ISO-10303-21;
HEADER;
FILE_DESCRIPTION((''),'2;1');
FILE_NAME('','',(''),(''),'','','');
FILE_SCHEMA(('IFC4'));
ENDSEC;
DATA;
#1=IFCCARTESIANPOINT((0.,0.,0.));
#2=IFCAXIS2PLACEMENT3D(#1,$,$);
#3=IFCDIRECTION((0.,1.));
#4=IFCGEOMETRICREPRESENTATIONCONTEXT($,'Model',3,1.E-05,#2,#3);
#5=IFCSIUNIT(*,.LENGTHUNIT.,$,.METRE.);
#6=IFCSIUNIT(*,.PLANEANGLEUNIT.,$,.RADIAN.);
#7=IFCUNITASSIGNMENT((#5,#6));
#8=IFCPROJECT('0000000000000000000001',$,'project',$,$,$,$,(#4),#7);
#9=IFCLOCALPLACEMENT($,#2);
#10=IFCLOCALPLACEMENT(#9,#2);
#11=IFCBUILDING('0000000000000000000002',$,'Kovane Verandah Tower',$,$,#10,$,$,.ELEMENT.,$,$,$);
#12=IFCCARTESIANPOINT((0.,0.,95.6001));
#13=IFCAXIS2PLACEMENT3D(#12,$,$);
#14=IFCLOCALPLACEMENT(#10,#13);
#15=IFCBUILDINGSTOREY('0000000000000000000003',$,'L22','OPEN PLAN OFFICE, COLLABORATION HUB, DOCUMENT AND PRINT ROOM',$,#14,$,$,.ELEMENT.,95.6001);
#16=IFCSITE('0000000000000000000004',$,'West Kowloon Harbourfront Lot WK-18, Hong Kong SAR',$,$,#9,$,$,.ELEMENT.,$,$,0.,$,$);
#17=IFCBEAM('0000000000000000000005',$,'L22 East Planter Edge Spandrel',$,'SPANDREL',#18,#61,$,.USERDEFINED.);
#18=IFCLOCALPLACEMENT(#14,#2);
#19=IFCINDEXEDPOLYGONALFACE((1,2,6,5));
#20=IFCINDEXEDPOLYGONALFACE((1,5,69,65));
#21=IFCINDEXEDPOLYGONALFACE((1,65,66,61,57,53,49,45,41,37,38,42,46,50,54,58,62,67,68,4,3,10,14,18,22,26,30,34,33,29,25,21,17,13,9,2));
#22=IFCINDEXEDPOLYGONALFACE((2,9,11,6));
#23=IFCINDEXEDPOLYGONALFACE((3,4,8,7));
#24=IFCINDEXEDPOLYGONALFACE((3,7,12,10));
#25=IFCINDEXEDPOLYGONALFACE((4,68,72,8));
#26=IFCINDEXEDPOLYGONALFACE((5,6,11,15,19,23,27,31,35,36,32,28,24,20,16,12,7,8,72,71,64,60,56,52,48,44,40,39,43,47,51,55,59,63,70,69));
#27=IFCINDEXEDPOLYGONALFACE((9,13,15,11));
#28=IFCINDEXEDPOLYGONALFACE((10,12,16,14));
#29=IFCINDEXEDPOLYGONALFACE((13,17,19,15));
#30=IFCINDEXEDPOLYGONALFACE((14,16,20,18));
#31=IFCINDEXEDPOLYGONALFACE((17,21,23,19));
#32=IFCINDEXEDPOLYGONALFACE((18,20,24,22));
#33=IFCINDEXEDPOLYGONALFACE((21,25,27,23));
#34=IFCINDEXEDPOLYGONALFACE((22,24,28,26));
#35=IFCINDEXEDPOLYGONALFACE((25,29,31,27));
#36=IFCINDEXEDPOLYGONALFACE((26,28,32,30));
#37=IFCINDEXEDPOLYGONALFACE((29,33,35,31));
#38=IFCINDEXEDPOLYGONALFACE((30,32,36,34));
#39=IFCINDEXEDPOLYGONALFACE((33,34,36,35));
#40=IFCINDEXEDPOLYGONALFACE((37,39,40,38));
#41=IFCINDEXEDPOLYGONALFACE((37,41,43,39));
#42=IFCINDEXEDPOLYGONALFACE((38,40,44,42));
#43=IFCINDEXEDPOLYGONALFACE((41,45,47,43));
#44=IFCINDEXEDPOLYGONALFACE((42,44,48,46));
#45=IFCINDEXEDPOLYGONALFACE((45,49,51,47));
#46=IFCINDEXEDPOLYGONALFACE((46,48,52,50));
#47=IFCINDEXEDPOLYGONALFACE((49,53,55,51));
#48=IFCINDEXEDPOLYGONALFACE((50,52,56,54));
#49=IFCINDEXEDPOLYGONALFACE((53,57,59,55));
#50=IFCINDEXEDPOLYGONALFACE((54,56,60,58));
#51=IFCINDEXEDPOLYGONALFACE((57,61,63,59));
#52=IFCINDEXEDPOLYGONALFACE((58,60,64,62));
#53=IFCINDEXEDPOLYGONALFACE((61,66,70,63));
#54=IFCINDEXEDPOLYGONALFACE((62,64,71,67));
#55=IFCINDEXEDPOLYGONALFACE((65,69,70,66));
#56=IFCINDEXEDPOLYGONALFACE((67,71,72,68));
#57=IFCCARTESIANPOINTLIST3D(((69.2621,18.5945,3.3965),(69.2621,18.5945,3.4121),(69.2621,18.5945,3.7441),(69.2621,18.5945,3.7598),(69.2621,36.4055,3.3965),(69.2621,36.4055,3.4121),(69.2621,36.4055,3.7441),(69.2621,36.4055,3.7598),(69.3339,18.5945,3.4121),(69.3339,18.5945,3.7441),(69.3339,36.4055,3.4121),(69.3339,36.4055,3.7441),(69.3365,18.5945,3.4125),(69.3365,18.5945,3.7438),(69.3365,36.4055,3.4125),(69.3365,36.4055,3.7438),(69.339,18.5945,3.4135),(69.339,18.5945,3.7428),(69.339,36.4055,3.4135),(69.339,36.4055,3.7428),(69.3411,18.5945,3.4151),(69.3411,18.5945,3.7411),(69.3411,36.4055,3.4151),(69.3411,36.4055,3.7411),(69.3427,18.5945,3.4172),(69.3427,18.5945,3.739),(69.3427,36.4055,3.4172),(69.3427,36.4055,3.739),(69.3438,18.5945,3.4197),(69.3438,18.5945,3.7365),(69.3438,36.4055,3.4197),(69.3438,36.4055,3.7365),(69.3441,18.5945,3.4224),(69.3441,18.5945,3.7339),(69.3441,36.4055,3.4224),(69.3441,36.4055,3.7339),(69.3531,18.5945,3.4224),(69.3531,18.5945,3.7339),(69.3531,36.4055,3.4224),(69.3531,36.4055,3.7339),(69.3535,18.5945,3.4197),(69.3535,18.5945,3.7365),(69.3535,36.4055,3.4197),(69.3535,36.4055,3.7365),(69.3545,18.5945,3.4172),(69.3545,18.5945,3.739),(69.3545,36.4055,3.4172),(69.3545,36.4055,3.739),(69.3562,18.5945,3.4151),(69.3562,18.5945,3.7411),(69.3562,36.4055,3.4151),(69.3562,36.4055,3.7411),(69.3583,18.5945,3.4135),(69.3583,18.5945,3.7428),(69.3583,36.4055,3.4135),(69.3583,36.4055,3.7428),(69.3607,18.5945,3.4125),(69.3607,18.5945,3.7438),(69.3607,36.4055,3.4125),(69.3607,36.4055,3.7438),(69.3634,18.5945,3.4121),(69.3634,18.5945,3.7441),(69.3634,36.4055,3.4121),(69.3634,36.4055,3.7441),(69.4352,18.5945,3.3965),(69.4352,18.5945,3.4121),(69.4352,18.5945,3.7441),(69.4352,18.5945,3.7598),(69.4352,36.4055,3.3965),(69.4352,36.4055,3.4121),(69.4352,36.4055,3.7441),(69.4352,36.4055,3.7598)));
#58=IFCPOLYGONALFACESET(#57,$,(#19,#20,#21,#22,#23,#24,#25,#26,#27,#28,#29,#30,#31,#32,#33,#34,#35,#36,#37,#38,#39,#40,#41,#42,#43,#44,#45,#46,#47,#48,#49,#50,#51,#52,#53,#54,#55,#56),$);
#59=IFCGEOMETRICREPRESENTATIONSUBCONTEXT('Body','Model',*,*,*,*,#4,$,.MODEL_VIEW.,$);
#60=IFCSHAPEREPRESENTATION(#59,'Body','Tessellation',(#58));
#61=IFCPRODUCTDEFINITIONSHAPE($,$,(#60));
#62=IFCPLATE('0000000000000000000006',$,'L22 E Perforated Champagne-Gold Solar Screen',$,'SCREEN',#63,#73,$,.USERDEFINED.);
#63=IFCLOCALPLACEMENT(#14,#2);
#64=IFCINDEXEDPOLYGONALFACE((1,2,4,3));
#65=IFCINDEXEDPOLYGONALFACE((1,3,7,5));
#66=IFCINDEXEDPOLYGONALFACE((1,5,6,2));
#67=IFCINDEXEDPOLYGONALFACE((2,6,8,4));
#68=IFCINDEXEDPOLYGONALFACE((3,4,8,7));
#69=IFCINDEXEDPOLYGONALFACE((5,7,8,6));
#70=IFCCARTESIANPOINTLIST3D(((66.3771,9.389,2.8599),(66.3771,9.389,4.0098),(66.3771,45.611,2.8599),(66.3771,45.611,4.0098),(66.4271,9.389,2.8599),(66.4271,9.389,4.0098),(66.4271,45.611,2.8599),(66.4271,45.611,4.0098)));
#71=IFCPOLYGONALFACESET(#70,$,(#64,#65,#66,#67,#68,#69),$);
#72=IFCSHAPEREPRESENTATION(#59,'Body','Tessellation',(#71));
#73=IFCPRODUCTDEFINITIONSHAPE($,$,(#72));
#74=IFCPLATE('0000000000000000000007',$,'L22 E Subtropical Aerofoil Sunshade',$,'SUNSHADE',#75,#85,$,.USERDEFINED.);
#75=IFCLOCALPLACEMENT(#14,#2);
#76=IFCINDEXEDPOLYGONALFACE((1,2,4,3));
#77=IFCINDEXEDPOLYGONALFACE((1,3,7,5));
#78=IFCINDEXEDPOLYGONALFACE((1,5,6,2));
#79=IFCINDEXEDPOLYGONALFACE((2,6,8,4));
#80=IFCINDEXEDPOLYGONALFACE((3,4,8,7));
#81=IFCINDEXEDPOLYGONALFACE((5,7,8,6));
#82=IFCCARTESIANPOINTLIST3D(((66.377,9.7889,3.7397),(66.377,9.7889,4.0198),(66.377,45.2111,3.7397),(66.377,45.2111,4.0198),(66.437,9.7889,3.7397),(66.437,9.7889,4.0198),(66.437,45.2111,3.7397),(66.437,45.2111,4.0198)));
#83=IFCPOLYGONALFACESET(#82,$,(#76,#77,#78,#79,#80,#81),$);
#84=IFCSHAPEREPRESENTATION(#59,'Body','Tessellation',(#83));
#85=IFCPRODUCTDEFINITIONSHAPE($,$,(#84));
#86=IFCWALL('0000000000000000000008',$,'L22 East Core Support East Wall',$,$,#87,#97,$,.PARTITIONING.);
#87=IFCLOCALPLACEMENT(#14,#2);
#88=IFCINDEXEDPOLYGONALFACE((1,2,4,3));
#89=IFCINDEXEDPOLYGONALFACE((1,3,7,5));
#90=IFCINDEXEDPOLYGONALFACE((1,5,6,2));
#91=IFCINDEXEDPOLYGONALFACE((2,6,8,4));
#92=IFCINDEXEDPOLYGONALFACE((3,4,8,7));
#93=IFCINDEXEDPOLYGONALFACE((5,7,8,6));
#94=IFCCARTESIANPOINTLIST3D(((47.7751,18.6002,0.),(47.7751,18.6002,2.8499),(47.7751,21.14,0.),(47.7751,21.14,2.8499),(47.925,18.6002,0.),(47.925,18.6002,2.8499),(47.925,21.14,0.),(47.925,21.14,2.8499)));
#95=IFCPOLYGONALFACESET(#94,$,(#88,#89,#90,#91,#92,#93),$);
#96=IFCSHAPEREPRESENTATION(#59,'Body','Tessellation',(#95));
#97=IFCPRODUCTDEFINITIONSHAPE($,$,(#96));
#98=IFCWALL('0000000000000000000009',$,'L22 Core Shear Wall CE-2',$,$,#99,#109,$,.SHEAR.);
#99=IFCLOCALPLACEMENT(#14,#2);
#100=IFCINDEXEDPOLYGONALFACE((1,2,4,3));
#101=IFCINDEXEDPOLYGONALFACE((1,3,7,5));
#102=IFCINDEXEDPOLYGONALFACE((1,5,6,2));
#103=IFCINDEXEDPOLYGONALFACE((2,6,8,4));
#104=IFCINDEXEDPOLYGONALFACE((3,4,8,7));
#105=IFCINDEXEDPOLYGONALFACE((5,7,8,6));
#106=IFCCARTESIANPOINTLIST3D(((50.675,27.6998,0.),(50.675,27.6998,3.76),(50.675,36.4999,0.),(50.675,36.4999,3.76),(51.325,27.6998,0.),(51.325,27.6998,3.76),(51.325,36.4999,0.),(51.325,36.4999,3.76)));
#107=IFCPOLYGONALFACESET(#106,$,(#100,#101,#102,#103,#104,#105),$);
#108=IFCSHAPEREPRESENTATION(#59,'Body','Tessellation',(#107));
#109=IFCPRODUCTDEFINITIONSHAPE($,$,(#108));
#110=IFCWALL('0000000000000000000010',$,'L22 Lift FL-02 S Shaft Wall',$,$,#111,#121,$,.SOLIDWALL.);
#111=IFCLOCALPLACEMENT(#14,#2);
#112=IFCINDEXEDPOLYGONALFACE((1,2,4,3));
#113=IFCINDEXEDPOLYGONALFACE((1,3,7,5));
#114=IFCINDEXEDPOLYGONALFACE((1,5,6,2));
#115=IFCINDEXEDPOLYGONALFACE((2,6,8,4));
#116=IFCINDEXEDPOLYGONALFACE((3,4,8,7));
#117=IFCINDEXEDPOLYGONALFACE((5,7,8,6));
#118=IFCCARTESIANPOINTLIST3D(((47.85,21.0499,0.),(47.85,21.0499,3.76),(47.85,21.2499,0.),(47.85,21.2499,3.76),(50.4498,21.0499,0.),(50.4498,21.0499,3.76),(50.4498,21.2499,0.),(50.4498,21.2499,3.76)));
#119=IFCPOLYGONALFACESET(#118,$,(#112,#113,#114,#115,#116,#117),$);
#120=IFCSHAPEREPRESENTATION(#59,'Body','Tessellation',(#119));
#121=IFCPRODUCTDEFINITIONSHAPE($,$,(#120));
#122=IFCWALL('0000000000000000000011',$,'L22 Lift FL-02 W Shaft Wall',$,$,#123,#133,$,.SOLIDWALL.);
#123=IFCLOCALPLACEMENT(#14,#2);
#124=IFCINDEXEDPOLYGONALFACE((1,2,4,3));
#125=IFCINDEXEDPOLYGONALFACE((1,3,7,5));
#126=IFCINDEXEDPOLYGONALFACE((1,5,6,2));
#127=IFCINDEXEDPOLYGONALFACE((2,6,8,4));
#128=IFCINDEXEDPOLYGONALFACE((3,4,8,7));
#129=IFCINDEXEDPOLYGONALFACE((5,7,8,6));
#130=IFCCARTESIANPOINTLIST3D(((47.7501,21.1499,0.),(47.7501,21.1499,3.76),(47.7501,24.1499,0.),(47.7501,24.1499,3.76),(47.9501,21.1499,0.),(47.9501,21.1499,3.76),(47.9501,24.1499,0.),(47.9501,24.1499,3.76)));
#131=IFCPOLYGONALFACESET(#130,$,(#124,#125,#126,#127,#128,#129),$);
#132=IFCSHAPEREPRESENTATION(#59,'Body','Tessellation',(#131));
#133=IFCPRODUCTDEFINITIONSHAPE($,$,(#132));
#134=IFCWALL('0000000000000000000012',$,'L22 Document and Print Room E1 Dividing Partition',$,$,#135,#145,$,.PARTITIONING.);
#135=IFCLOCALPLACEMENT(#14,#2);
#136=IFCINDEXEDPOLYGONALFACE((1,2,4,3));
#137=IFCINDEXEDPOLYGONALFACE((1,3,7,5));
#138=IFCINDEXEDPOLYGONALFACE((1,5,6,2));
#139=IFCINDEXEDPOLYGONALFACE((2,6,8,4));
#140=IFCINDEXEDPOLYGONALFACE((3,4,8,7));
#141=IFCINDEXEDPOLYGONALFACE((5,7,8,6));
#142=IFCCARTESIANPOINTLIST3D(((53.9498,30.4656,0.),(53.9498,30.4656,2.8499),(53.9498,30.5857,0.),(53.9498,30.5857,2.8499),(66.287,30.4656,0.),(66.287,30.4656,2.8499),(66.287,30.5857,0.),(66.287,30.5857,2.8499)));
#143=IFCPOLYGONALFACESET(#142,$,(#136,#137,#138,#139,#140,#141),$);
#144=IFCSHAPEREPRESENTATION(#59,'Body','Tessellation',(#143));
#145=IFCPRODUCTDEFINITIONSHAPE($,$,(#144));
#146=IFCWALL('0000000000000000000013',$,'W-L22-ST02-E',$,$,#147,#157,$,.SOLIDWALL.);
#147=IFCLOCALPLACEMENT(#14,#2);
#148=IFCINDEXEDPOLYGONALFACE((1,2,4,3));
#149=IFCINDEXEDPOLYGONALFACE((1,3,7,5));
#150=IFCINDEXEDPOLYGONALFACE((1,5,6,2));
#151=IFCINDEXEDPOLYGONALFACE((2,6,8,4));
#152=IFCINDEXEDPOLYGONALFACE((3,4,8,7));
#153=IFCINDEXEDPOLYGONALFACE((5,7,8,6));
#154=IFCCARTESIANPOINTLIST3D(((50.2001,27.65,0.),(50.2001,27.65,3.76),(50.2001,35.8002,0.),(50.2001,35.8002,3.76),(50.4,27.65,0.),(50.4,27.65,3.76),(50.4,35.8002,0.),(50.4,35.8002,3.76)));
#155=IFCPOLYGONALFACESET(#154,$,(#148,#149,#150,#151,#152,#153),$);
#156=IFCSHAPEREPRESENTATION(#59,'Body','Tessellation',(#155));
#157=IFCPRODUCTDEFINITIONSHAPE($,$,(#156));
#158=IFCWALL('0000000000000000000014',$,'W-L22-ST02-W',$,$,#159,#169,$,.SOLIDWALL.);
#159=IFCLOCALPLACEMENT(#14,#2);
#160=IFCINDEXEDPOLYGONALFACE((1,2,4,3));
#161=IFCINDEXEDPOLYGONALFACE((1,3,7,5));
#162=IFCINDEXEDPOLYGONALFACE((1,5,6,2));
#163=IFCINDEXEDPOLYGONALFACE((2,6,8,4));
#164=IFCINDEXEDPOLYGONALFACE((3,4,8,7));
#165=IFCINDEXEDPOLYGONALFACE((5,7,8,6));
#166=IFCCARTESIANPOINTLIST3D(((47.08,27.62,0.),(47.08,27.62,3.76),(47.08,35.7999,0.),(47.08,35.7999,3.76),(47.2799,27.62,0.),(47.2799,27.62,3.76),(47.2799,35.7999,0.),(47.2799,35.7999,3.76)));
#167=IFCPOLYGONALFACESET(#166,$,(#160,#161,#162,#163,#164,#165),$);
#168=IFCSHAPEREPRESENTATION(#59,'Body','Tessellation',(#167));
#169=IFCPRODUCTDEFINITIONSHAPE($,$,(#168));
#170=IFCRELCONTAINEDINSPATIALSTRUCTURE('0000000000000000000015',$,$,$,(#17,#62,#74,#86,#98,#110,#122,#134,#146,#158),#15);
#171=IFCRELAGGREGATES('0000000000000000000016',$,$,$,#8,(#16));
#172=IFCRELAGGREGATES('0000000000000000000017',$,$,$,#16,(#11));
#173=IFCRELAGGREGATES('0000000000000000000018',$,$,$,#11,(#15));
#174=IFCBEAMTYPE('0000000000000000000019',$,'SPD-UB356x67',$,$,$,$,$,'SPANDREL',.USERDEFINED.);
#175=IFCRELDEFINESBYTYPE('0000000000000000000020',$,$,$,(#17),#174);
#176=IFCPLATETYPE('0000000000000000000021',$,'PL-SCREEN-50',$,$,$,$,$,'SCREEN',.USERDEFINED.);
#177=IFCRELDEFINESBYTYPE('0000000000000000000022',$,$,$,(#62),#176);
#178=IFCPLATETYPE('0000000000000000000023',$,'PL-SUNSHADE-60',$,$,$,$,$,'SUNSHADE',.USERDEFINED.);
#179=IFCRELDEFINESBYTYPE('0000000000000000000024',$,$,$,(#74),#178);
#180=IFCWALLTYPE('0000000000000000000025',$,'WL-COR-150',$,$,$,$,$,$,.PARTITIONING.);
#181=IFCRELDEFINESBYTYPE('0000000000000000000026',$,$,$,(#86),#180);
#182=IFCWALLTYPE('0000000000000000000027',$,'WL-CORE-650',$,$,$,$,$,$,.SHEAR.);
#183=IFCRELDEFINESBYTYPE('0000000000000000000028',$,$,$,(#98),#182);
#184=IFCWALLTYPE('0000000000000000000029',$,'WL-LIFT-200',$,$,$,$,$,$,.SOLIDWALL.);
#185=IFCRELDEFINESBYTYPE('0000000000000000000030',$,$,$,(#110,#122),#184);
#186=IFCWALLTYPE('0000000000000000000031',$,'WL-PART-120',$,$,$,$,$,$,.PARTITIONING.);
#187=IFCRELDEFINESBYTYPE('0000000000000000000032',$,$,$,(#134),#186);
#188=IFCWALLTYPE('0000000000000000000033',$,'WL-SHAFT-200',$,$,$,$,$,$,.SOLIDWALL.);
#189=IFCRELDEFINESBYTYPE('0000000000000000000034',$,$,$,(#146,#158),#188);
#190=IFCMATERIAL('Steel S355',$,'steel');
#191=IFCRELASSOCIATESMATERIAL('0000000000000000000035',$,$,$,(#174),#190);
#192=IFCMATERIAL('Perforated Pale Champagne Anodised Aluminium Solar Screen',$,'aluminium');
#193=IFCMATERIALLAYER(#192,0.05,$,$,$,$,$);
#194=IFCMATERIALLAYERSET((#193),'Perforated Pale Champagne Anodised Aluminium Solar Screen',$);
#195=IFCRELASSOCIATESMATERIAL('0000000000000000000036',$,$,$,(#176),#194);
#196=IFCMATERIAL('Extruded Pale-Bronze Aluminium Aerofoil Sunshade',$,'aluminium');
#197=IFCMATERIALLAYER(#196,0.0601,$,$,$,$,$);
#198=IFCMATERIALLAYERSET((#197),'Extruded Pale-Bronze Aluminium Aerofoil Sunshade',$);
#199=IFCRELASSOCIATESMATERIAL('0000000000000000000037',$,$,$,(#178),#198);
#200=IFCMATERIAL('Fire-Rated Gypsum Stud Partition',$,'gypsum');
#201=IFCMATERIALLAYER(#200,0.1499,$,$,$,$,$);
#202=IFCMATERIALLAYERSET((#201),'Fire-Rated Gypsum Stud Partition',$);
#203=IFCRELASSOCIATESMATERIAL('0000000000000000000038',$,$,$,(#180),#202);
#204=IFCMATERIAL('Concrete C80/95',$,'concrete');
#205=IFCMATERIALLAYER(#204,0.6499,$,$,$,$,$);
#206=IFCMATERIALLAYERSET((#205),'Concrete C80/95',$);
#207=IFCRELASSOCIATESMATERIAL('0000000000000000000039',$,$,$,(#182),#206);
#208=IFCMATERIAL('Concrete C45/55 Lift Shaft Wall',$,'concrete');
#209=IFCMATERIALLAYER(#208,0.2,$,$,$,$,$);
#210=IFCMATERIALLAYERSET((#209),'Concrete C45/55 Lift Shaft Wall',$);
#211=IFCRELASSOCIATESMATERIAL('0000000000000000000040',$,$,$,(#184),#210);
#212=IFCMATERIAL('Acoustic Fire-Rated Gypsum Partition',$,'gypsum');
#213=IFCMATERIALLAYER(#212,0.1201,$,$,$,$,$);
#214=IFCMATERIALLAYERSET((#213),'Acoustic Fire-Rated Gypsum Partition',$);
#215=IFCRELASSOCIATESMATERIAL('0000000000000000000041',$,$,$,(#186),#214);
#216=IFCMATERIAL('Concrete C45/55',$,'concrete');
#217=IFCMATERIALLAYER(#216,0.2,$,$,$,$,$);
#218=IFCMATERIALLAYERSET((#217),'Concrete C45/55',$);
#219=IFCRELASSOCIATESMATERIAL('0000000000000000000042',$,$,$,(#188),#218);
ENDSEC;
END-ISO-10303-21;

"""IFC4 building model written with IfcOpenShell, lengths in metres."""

from ifc_helpers import new_model, si_unit, direction, frame, frame_2d, origin, origin_2d, place, context, subcontext, project, spatial, rectangle, i_section, extrude, material, layer, layer_set, material_profile, profile_set, type_object, element, save


model = new_model("IFC4")

# Units and contexts
model_context = context("Model", 3, precision=1e-05, world=origin(), true_north=direction((0.0, 1.0)))
body_context = subcontext(model_context, "Body", "Model", "MODEL_VIEW")
ifc_project = project(units=[si_unit("LENGTHUNIT", "METRE"), si_unit("PLANEANGLEUNIT", "RADIAN")], contexts=[model_context])

# Site, building, storey
site_placement = place(None, origin())
site = spatial("IfcSite", under=ifc_project, at=site_placement, Name="West Kowloon Harbourfront Lot WK-18, Hong Kong SAR", CompositionType="ELEMENT", RefElevation=0.0)
building_placement = place(site_placement, origin())
building = spatial("IfcBuilding", under=site, at=building_placement, Name="Kovane Verandah Tower", CompositionType="ELEMENT")
storey_placement = place(building_placement, frame((0.0, 0.0, 95.6001)))
storey = spatial("IfcBuildingStorey", under=building, at=storey_placement, Name="L22", Description="OPEN PLAN OFFICE, COLLABORATION HUB, DOCUMENT AND PRINT ROOM", CompositionType="ELEMENT", Elevation=95.6001)

# Beam
ifc_material_1 = material(Name="Concrete C80/95", Category="concrete")
ifc_material_2 = material(Name="Steel S355", Category="steel")
ifc_material_profile_1 = material_profile(ifc_material_2, i_section(OverallWidth=0.1731, OverallDepth=0.3633, WebThickness=0.009, FlangeThickness=0.0156, FilletRadius=0.0103, at=origin_2d()), Name="UB356x171x67")
ifc_profile_set_1 = profile_set([ifc_material_profile_1], Name="Steel S355")
beam_type_1 = type_object("IfcBeamType", Name="SPD-UB356x67", ElementType="SPANDREL", PredefinedType="USERDEFINED", material=ifc_profile_set_1)
beam_1_placement = place(storey_placement, frame((69.3486, 18.5945, 3.5781), z_axis=(0.0, 1.0, 0.0), x_axis=(-1.0, 0.0, 0.0)))
element("IfcBeam", 1, at=beam_1_placement, inside=storey, type_object=beam_type_1, Name="L22 East Planter Edge Spandrel", ObjectType="SPANDREL", PredefinedType="USERDEFINED", context=body_context, shape_type="SweptSolid", body=[
    extrude(i_section(OverallWidth=0.1731, OverallDepth=0.3633, WebThickness=0.009, FlangeThickness=0.0156, FilletRadius=0.0103, at=origin_2d()), origin(), (0.0, 0.0, 1.0), 17.811),
])

# Plates
ifc_material_3 = material(Name="Perforated Pale Champagne Anodised Aluminium Solar Screen", Category="aluminium")
ifc_layer_1 = layer(ifc_material_3, 0.05)
ifc_layer_set_1 = layer_set([ifc_layer_1], Name="Perforated Pale Champagne Anodised Aluminium Solar Screen")
plate_type_1 = type_object("IfcPlateType", Name="PL-SCREEN-50", ElementType="SCREEN", PredefinedType="USERDEFINED", material=ifc_layer_set_1)
plate_1_placement = place(storey_placement, frame((66.4021, 27.5, 2.8599), z_axis=(0.0, 0.0, 1.0), x_axis=(0.0, 1.0, 0.0)))
element("IfcPlate", 2, at=plate_1_placement, inside=storey, type_object=plate_type_1, Name="L22 E Perforated Champagne-Gold Solar Screen", ObjectType="SCREEN", PredefinedType="USERDEFINED", context=body_context, shape_type="SweptSolid", body=[
    extrude(rectangle(XDim=36.2219, YDim=0.05, at=origin_2d()), origin(), (0.0, 0.0, 1.0), 1.1499),
])
ifc_material_4 = material(Name="Extruded Pale-Bronze Aluminium Aerofoil Sunshade", Category="aluminium")
ifc_layer_2 = layer(ifc_material_4, 0.0601)
ifc_layer_set_2 = layer_set([ifc_layer_2], Name="Extruded Pale-Bronze Aluminium Aerofoil Sunshade")
plate_type_2 = type_object("IfcPlateType", Name="PL-SUNSHADE-60", ElementType="SUNSHADE", PredefinedType="USERDEFINED", material=ifc_layer_set_2)
plate_2_placement = place(storey_placement, frame((66.407, 27.5, 3.7397), z_axis=(0.0, 0.0, 1.0), x_axis=(0.0, 1.0, 0.0)))
element("IfcPlate", 3, at=plate_2_placement, inside=storey, type_object=plate_type_2, Name="L22 E Subtropical Aerofoil Sunshade", ObjectType="SUNSHADE", PredefinedType="USERDEFINED", context=body_context, shape_type="SweptSolid", body=[
    extrude(rectangle(XDim=35.4221, YDim=0.0601, at=origin_2d()), origin(), (0.0, 0.0, 1.0), 0.28),
])

# Walls
ifc_material_5 = material(Name="Fire-Rated Gypsum Stud Partition", Category="gypsum")
ifc_layer_3 = layer(ifc_material_5, 0.1499)
ifc_layer_set_3 = layer_set([ifc_layer_3], Name="Fire-Rated Gypsum Stud Partition")
wall_type_1 = type_object("IfcWallType", Name="WL-COR-150", PredefinedType="PARTITIONING", material=ifc_layer_set_3)
wall_1_placement = place(storey_placement, frame((47.8501, 18.6001, 0.0), z_axis=(0.0, 0.0, 1.0), x_axis=(0.0, 1.0, 0.0)))
element("IfcWall", 4, at=wall_1_placement, inside=storey, type_object=wall_type_1, Name="L22 East Core Support East Wall", PredefinedType="PARTITIONING", context=body_context, shape_type="SweptSolid", body=[
    extrude(rectangle(XDim=2.5398, YDim=0.1499, at=frame_2d((1.27, 0.0))), origin(), (0.0, 0.0, 1.0), 2.8499),
])
ifc_layer_4 = layer(ifc_material_1, 0.6499)
ifc_layer_set_4 = layer_set([ifc_layer_4], Name="Concrete C80/95")
wall_type_2 = type_object("IfcWallType", Name="WL-CORE-650", PredefinedType="SHEAR", material=ifc_layer_set_4)
wall_2_placement = place(storey_placement, frame((51.0, 27.7, 0.0), z_axis=(0.0, 0.0, 1.0), x_axis=(0.0, 1.0, 0.0)))
element("IfcWall", 5, at=wall_2_placement, inside=storey, type_object=wall_type_2, Name="L22 Core Shear Wall CE-2", PredefinedType="SHEAR", context=body_context, shape_type="SweptSolid", body=[
    extrude(rectangle(XDim=8.8, YDim=0.6499, at=frame_2d((4.3999, 0.0))), origin(), (0.0, 0.0, 1.0), 3.76),
])

# Wall
ifc_material_6 = material(Name="Concrete C45/55 Lift Shaft Wall", Category="concrete")
ifc_layer_5 = layer(ifc_material_6, 0.2)
ifc_layer_set_5 = layer_set([ifc_layer_5], Name="Concrete C45/55 Lift Shaft Wall")
wall_type_3 = type_object("IfcWallType", Name="WL-LIFT-200", PredefinedType="SOLIDWALL", material=ifc_layer_set_5)
wall_3_placement = place(storey_placement, frame((47.8501, 21.1499, 0.0), z_axis=(0.0, 0.0, 1.0), x_axis=(1.0, 0.0, 0.0)))
element("IfcWall", 6, at=wall_3_placement, inside=storey, type_object=wall_type_3, Name="L22 Lift FL-02 S Shaft Wall", PredefinedType="SOLIDWALL", context=body_context, shape_type="SweptSolid", body=[
    extrude(rectangle(XDim=2.5999, YDim=0.2, at=frame_2d((1.2998, 0.0))), origin(), (0.0, 0.0, 1.0), 3.76),
])

# Walls
wall_4_placement = place(storey_placement, frame((47.8501, 24.1499, 0.0), z_axis=(0.0, 0.0, 1.0), x_axis=(0.0, -1.0, 0.0)))
element("IfcWall", 7, at=wall_4_placement, inside=storey, type_object=wall_type_3, Name="L22 Lift FL-02 W Shaft Wall", PredefinedType="SOLIDWALL", context=body_context, shape_type="SweptSolid", body=[
    extrude(rectangle(XDim=3.0, YDim=0.2, at=frame_2d((1.5, 0.0))), origin(), (0.0, 0.0, 1.0), 3.76),
])
ifc_material_7 = material(Name="Acoustic Fire-Rated Gypsum Partition", Category="gypsum")
ifc_layer_6 = layer(ifc_material_7, 0.1201)
ifc_layer_set_6 = layer_set([ifc_layer_6], Name="Acoustic Fire-Rated Gypsum Partition")
wall_type_4 = type_object("IfcWallType", Name="WL-PART-120", PredefinedType="PARTITIONING", material=ifc_layer_set_6)
wall_5_placement = place(storey_placement, frame((53.95, 30.5256, 0.0), z_axis=(0.0, 0.0, 1.0), x_axis=(1.0, 0.0, 0.0)))
element("IfcWall", 8, at=wall_5_placement, inside=storey, type_object=wall_type_4, Name="L22 Document and Print Room E1 Dividing Partition", PredefinedType="PARTITIONING", context=body_context, shape_type="SweptSolid", body=[
    extrude(rectangle(XDim=12.3372, YDim=0.1201, at=frame_2d((6.1685, 0.0))), origin(), (0.0, 0.0, 1.0), 2.8499),
])
ifc_material_8 = material(Name="Concrete C45/55", Category="concrete")
ifc_layer_7 = layer(ifc_material_8, 0.2)
ifc_layer_set_7 = layer_set([ifc_layer_7], Name="Concrete C45/55")
wall_type_5 = type_object("IfcWallType", Name="WL-SHAFT-200", PredefinedType="SOLIDWALL", material=ifc_layer_set_7)
wall_6_placement = place(storey_placement, frame((50.3, 27.6499, 0.0), z_axis=(0.0, 0.0, 1.0), x_axis=(0.0, 1.0, 0.0)))
element("IfcWall", 9, at=wall_6_placement, inside=storey, type_object=wall_type_5, Name="W-L22-ST02-E", PredefinedType="SOLIDWALL", context=body_context, shape_type="SweptSolid", body=[
    extrude(rectangle(XDim=8.1501, YDim=0.2, at=frame_2d((4.0752, 0.0))), origin(), (0.0, 0.0, 1.0), 3.76),
])
wall_7_placement = place(storey_placement, frame((47.1799, 27.6201, 0.0), z_axis=(0.0, 0.0, 1.0), x_axis=(0.0, 1.0, 0.0)))
element("IfcWall", 10, at=wall_7_placement, inside=storey, type_object=wall_type_5, Name="W-L22-ST02-W", PredefinedType="SOLIDWALL", context=body_context, shape_type="SweptSolid", body=[
    extrude(rectangle(XDim=8.1799, YDim=0.2, at=frame_2d((4.0898, 0.0))), origin(), (0.0, 0.0, 1.0), 3.76),
])

save(model, "model.ifc")
